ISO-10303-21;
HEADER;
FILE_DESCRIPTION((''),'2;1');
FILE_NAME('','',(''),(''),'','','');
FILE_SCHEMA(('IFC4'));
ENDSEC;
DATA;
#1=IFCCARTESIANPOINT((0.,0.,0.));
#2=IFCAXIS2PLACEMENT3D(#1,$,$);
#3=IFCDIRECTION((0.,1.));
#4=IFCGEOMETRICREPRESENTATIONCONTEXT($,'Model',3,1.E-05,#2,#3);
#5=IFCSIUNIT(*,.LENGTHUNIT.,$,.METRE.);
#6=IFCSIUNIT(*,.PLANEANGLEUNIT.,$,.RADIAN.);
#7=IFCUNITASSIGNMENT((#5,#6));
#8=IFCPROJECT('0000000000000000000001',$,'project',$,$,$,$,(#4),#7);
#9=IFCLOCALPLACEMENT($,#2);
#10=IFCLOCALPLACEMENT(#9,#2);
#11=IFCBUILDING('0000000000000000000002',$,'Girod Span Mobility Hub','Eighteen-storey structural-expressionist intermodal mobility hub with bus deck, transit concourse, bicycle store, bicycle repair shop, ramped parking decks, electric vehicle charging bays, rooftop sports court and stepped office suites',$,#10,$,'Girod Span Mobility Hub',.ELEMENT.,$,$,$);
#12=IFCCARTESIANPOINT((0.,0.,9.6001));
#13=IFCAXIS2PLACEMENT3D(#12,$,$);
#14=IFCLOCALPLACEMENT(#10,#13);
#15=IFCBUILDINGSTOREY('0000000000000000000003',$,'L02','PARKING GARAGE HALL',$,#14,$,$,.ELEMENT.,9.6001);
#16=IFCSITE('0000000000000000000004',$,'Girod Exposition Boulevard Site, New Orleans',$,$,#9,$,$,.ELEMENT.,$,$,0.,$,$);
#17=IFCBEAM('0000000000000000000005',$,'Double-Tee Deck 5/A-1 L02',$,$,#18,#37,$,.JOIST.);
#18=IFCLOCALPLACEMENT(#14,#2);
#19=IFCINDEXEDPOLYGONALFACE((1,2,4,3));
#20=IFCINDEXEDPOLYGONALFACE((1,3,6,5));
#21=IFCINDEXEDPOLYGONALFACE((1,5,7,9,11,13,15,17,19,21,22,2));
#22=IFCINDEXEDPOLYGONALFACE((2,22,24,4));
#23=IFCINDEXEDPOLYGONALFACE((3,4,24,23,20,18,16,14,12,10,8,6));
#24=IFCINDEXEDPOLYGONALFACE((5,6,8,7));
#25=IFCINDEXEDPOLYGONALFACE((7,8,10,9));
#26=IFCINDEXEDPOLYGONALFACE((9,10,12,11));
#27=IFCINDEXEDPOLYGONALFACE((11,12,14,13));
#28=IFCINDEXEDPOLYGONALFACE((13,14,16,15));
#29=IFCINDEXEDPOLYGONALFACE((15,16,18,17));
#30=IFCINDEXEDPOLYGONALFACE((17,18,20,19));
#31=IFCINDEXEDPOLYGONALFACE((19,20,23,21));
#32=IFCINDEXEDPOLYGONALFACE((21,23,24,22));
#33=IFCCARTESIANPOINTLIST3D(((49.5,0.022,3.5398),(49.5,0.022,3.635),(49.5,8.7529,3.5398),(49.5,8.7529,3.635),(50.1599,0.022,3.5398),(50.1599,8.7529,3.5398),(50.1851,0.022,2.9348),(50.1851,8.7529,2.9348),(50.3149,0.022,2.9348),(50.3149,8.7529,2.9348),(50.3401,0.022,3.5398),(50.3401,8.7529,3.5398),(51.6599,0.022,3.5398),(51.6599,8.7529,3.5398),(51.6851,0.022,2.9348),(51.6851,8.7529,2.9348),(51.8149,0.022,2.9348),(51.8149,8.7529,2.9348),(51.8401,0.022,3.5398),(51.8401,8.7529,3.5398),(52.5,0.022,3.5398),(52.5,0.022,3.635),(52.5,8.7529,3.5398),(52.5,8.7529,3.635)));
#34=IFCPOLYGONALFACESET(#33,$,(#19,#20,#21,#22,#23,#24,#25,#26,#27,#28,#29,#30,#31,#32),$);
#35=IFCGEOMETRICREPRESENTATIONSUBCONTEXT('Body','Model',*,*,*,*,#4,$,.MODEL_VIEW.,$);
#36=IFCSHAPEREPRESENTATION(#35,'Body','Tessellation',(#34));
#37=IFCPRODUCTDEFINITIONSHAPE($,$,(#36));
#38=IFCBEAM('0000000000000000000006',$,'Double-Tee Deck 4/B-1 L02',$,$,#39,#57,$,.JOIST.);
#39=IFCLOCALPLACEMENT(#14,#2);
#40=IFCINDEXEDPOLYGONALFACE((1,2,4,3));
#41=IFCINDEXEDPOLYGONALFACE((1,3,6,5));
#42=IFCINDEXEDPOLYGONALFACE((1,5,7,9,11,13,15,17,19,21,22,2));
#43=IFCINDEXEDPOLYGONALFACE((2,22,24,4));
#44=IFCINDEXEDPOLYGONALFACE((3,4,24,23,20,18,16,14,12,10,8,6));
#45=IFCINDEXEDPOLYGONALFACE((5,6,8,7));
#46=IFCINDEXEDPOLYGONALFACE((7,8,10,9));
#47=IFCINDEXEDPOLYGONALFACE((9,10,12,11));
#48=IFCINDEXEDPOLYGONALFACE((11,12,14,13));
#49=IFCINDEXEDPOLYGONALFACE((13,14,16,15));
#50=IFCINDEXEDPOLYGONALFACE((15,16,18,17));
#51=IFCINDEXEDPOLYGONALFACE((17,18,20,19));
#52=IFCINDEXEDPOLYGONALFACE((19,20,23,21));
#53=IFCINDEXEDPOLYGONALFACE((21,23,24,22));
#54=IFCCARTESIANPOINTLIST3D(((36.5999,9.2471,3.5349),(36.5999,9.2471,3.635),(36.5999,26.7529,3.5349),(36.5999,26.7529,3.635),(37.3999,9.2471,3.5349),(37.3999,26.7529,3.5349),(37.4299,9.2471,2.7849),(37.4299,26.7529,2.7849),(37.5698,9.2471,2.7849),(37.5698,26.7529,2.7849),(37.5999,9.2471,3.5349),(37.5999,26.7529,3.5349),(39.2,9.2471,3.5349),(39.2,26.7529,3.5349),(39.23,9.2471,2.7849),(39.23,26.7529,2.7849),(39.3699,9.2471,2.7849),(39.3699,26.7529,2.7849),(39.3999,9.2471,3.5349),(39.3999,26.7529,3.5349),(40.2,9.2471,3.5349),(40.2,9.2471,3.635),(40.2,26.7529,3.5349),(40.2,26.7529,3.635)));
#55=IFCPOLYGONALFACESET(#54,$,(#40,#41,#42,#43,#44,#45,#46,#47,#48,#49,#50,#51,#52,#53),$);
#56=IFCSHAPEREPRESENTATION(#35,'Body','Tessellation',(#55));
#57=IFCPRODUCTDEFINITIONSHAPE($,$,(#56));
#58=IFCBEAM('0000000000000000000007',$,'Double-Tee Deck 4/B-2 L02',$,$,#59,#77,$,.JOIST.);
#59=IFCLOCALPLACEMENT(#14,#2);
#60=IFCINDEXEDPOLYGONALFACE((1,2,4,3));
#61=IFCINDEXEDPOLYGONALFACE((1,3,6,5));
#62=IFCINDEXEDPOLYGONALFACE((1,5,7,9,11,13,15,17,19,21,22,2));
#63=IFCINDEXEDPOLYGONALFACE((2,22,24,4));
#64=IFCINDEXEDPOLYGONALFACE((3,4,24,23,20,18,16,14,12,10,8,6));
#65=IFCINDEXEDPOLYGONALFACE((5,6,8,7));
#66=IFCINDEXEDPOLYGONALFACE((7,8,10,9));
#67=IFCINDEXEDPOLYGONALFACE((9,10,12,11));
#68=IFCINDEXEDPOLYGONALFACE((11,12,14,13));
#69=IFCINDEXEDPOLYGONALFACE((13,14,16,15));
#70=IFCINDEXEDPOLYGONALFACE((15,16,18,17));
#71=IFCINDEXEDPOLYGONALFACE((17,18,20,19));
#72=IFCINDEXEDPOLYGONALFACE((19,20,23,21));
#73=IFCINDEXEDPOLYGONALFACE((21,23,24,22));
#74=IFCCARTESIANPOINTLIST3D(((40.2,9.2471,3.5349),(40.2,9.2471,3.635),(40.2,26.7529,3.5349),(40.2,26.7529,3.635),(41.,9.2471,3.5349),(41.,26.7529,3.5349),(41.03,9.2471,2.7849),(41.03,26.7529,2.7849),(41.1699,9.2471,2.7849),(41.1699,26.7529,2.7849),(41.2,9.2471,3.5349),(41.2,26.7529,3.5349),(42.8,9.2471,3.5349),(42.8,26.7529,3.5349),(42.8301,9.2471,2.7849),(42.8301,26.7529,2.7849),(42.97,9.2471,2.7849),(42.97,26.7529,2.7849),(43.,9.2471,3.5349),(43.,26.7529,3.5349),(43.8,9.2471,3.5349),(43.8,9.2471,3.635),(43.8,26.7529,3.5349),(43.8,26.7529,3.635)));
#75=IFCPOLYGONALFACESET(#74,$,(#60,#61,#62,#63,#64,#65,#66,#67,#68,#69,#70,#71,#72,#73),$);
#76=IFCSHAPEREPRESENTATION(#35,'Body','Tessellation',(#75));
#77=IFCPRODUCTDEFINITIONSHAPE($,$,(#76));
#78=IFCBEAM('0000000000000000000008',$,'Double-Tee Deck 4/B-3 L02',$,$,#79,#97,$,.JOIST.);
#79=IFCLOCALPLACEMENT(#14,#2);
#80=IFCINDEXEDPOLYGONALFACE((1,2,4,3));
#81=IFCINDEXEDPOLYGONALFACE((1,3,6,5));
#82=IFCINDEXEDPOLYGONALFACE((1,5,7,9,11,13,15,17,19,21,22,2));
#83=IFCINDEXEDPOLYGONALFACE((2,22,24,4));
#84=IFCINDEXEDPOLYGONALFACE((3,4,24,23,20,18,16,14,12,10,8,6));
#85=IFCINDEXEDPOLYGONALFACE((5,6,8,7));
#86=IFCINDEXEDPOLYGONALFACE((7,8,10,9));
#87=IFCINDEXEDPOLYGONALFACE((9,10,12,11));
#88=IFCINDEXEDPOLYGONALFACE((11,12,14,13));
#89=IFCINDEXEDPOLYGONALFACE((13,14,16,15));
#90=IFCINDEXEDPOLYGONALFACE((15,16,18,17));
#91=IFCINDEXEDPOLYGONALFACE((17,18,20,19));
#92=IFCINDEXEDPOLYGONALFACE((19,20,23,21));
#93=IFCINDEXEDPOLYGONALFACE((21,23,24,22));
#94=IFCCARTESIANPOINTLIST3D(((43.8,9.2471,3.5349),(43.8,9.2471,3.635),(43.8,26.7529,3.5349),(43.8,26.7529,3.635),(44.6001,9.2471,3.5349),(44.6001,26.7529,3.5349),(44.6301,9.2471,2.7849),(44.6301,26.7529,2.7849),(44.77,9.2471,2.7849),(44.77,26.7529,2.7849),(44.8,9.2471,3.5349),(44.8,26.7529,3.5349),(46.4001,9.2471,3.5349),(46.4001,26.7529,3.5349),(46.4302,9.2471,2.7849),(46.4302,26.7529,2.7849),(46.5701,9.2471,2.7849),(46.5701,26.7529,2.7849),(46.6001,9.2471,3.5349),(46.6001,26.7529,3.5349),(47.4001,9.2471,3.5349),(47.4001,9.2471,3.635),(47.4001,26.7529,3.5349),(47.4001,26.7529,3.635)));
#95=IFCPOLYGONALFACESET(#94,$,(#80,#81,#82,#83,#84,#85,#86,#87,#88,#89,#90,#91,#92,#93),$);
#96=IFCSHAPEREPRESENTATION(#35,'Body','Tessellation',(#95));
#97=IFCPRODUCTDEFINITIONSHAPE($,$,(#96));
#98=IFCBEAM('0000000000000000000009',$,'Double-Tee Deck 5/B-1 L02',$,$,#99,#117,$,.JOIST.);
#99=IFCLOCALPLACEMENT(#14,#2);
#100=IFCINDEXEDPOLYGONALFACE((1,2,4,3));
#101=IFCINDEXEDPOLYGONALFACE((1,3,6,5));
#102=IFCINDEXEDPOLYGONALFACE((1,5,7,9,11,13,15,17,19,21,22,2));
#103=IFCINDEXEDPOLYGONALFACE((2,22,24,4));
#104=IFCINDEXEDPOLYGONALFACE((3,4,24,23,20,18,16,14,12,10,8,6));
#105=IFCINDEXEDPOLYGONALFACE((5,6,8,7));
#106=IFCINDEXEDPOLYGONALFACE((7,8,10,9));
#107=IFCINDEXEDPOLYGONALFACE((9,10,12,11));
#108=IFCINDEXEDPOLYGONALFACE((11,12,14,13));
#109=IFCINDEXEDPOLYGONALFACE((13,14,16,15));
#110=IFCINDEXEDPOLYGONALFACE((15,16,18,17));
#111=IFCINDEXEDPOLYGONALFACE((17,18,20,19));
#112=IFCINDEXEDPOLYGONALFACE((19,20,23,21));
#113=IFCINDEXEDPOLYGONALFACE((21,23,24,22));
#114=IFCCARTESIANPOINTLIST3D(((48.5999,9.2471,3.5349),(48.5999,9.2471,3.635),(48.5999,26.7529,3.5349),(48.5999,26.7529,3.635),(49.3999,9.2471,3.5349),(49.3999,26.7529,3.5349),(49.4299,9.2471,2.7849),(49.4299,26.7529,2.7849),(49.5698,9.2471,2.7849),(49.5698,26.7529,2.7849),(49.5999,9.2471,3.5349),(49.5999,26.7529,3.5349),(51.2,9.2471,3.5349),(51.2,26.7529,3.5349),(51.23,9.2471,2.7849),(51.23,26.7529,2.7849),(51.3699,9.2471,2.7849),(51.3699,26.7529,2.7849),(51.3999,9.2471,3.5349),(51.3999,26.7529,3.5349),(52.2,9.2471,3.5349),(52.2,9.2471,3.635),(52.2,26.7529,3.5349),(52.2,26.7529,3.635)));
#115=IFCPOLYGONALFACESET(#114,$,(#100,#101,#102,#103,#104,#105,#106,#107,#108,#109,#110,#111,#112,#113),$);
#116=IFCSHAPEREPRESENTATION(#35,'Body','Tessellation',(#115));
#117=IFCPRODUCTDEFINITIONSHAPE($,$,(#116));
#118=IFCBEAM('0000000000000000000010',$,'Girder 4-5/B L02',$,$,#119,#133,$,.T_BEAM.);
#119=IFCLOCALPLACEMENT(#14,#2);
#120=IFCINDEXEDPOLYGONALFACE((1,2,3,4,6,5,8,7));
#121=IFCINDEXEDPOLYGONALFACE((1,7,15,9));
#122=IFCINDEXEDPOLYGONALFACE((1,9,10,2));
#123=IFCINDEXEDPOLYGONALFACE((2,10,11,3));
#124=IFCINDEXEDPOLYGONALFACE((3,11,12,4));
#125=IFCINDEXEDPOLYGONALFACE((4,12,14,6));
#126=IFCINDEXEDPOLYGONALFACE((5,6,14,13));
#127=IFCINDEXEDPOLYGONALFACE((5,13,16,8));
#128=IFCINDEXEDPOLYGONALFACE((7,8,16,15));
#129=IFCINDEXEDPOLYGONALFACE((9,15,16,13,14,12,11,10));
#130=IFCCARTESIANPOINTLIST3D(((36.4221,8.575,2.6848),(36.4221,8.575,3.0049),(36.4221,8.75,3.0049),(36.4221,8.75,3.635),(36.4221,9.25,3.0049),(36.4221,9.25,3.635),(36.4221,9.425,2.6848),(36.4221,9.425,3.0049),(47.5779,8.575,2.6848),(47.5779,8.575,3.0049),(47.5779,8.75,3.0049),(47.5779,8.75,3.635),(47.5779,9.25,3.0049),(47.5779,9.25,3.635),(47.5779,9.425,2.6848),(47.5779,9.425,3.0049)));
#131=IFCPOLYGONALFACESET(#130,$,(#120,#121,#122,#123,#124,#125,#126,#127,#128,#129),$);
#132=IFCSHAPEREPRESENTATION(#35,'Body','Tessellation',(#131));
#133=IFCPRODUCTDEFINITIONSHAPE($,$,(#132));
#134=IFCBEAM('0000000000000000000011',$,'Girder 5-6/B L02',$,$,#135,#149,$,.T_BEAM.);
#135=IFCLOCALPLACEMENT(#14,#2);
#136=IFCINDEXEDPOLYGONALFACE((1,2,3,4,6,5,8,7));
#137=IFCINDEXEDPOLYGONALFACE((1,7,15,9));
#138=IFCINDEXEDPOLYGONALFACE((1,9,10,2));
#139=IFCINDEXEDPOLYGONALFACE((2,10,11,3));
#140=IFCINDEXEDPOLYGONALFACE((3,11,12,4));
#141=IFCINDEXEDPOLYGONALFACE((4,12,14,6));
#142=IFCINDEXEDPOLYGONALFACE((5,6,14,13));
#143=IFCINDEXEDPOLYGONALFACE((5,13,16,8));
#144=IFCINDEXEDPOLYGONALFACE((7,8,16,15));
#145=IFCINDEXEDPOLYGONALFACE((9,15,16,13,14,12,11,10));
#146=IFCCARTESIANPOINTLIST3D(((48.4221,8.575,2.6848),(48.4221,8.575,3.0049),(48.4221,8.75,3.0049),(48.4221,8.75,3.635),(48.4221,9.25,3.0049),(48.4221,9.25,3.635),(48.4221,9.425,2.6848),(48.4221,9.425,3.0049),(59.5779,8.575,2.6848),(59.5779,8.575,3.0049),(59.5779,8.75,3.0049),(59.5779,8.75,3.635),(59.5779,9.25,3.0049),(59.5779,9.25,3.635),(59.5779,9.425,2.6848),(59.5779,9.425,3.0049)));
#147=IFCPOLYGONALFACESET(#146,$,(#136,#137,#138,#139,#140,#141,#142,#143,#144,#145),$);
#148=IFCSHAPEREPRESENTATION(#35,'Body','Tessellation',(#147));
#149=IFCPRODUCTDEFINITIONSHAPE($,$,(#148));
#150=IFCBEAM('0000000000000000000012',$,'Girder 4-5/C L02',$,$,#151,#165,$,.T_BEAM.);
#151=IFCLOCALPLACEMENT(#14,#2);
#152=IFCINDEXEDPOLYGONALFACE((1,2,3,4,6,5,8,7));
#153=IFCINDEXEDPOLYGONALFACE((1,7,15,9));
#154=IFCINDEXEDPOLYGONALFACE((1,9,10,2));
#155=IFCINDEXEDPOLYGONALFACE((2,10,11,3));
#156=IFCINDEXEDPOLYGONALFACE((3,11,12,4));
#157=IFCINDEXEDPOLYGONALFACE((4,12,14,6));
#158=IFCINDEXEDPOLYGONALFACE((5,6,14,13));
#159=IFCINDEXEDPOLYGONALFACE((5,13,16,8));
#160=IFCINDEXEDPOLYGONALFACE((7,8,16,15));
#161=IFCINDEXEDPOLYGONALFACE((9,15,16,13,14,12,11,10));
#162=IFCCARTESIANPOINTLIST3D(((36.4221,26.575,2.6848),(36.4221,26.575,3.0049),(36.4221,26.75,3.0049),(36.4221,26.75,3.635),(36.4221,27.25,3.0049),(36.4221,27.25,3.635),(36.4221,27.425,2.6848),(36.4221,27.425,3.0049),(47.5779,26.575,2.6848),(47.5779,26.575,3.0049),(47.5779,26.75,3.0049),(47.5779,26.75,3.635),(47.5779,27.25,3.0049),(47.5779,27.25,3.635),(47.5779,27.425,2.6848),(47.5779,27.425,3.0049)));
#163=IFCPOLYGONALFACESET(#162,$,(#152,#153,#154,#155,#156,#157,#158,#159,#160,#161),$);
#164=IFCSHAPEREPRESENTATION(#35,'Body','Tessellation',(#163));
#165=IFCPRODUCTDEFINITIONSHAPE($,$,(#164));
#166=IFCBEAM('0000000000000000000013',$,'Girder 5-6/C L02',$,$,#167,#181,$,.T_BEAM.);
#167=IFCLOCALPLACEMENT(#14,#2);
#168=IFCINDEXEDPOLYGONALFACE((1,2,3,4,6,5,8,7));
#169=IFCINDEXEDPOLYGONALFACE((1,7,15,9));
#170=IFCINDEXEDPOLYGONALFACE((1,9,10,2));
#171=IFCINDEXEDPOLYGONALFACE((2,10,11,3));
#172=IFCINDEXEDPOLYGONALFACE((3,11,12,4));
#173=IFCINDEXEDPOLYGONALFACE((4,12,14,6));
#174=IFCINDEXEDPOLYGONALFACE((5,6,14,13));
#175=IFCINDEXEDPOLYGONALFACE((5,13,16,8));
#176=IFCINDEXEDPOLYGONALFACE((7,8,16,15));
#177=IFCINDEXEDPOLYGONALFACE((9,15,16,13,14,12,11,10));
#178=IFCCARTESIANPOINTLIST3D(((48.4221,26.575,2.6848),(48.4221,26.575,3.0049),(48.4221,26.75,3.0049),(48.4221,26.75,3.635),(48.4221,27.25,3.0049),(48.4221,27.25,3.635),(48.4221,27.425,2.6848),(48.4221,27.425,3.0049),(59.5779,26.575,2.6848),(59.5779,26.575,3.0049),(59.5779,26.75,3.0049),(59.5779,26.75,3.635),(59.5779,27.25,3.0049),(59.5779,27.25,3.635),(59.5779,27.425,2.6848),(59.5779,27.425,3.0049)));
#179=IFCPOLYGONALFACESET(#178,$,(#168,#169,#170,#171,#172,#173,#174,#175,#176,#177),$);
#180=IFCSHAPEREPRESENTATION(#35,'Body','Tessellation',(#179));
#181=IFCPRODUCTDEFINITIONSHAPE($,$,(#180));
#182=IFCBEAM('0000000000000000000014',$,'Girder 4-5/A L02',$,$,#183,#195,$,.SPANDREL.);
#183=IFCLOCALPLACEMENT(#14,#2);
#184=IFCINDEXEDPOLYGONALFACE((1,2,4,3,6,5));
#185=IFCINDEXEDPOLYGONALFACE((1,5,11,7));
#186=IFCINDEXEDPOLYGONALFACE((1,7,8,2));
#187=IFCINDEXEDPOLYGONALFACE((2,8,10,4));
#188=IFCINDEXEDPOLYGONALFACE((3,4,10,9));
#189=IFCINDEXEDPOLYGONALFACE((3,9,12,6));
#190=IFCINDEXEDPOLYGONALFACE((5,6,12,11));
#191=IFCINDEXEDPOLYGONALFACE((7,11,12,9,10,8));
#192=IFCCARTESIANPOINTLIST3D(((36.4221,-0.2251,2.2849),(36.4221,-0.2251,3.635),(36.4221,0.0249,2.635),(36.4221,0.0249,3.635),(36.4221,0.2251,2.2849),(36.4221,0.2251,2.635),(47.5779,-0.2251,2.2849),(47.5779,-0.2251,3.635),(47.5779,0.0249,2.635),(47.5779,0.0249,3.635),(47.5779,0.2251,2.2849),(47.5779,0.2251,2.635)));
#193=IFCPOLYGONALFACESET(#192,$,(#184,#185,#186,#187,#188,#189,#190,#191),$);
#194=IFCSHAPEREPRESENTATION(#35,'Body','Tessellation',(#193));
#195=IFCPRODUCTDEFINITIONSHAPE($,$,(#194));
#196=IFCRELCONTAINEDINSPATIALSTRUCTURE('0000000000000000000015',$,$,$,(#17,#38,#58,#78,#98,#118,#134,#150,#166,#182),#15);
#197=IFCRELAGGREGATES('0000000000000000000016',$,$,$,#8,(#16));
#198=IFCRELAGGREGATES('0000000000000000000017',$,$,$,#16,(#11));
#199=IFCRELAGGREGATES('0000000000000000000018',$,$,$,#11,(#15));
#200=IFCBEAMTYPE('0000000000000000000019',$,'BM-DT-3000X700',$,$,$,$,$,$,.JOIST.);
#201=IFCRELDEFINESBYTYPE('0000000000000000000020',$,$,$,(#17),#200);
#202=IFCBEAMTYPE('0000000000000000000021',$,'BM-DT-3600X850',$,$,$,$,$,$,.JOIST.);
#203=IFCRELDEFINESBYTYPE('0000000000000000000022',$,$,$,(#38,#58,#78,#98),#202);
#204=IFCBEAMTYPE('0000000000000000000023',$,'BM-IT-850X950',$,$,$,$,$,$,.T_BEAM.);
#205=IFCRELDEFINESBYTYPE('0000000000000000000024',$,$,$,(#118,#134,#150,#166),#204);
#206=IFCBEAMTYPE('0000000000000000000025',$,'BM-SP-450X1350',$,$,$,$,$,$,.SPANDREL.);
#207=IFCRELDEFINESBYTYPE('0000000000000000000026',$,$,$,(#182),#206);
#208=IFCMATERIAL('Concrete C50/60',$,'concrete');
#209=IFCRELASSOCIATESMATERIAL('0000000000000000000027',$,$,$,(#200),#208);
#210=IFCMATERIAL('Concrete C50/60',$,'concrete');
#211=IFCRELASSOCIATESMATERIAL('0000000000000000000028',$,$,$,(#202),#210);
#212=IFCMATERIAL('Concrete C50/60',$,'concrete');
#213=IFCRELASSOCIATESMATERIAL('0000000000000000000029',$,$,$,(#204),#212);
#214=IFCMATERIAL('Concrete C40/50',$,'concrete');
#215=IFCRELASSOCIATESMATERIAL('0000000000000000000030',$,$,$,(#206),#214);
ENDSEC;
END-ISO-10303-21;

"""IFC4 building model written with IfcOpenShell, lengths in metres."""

from ifc_helpers import new_model, si_unit, direction, frame, origin, place, context, subcontext, project, spatial, polyline, outline, extrude, material, material_profile, profile_set, type_object, element, save


model = new_model("IFC4")

# Units and contexts
model_context = context("Model", 3, precision=1e-05, world=origin(), true_north=direction((0.0, 1.0)))
body_context = subcontext(model_context, "Body", "Model", "MODEL_VIEW")
ifc_project = project(units=[si_unit("LENGTHUNIT", "METRE"), si_unit("PLANEANGLEUNIT", "RADIAN")], contexts=[model_context])

# Site, building, storey
site_placement = place(None, origin())
site = spatial("IfcSite", under=ifc_project, at=site_placement, Name="Girod Exposition Boulevard Site, New Orleans", CompositionType="ELEMENT", RefElevation=0.0)
building_placement = place(site_placement, origin())
building = spatial("IfcBuilding", under=site, at=building_placement, Name="Girod Span Mobility Hub", Description="Eighteen-storey structural-expressionist intermodal mobility hub with bus deck, transit concourse, bicycle store, bicycle repair shop, ramped parking decks, electric vehicle charging bays, rooftop sports court and stepped office suites", LongName="Girod Span Mobility Hub", CompositionType="ELEMENT")
storey_placement = place(building_placement, frame((0.0, 0.0, 9.6001)))
storey = spatial("IfcBuildingStorey", under=building, at=storey_placement, Name="L02", Description="PARKING GARAGE HALL", CompositionType="ELEMENT", Elevation=9.6001)

# Beams
ifc_material_1 = material(Name="Concrete C50/60", Category="concrete")
ifc_material_profile_1 = material_profile(ifc_material_1, outline(polyline([(-1.5, 0.3501), (-1.5, 0.2549), (-0.8401, 0.2549), (-0.8149, -0.3501), (-0.6851, -0.3501), (-0.6599, 0.2549), (0.6599, 0.2549), (0.6851, -0.3501), (0.8149, -0.3501), (0.8401, 0.2549), (1.5, 0.2549), (1.5, 0.3501), (-1.5, 0.3501)])), Name="DT-3000X700")
ifc_profile_set_1 = profile_set([ifc_material_profile_1], Name="Concrete C50/60")
beam_type_1 = type_object("IfcBeamType", Name="BM-DT-3000X700", PredefinedType="JOIST", material=ifc_profile_set_1)
for number, where, z_axis, x_axis, name in (
    (1, (51.0, 0.022, 3.2849), (0.0, 1.0, 0.0), (-1.0, 0.0, 0.0), "Double-Tee Deck 5/A-1 L02"),
):
    element("IfcBeam", number, at=place(storey_placement, frame(where, z_axis=z_axis, x_axis=x_axis)), inside=storey, type_object=beam_type_1, Name=name, PredefinedType="JOIST", context=body_context, shape_type="SweptSolid", body=[
        extrude(outline(polyline([(-1.5, 0.3501), (-1.5, 0.2549), (-0.8401, 0.2549), (-0.8149, -0.3501), (-0.6851, -0.3501), (-0.6599, 0.2549), (0.6599, 0.2549), (0.6851, -0.3501), (0.8149, -0.3501), (0.8401, 0.2549), (1.5, 0.2549), (1.5, 0.3501), (-1.5, 0.3501)])), origin(), (0.0, 0.0, 1.0), 8.731),
    ])
ifc_material_2 = material(Name="Concrete C50/60", Category="concrete")
ifc_material_profile_2 = material_profile(ifc_material_2, outline(polyline([(-1.8, 0.425), (-1.8, 0.325), (-1.0, 0.325), (-0.97, -0.425), (-0.8301, -0.425), (-0.8, 0.325), (0.8, 0.325), (0.8301, -0.425), (0.97, -0.425), (1.0, 0.325), (1.8, 0.325), (1.8, 0.425), (-1.8, 0.425)])), Name="DT-3600X850")
ifc_profile_set_2 = profile_set([ifc_material_profile_2], Name="Concrete C50/60")
beam_type_2 = type_object("IfcBeamType", Name="BM-DT-3600X850", PredefinedType="JOIST", material=ifc_profile_set_2)
for number, where, z_axis, x_axis, name in (
    (2, (38.3999, 9.2471, 3.21), (0.0, 1.0, 0.0), (-1.0, 0.0, 0.0), "Double-Tee Deck 4/B-1 L02"),
    (3, (42.0, 9.2471, 3.21), (0.0, 1.0, 0.0), (-1.0, 0.0, 0.0), "Double-Tee Deck 4/B-2 L02"),
    (4, (45.6001, 9.2471, 3.21), (0.0, 1.0, 0.0), (-1.0, 0.0, 0.0), "Double-Tee Deck 4/B-3 L02"),
    (5, (50.3999, 9.2471, 3.21), (0.0, 1.0, 0.0), (-1.0, 0.0, 0.0), "Double-Tee Deck 5/B-1 L02"),
):
    element("IfcBeam", number, at=place(storey_placement, frame(where, z_axis=z_axis, x_axis=x_axis)), inside=storey, type_object=beam_type_2, Name=name, PredefinedType="JOIST", context=body_context, shape_type="SweptSolid", body=[
        extrude(outline(polyline([(-1.8, 0.425), (-1.8, 0.325), (-1.0, 0.325), (-0.97, -0.425), (-0.8301, -0.425), (-0.8, 0.325), (0.8, 0.325), (0.8301, -0.425), (0.97, -0.425), (1.0, 0.325), (1.8, 0.325), (1.8, 0.425), (-1.8, 0.425)])), origin(), (0.0, 0.0, 1.0), 17.5059),
    ])
ifc_material_3 = material(Name="Concrete C50/60", Category="concrete")
ifc_material_profile_3 = material_profile(ifc_material_3, outline(polyline([(-0.425, -0.4751), (0.425, -0.4751), (0.425, -0.155), (0.25, -0.155), (0.25, 0.4751), (-0.25, 0.4751), (-0.25, -0.155), (-0.425, -0.155), (-0.425, -0.4751)])), Name="IT-850X950")
ifc_profile_set_3 = profile_set([ifc_material_profile_3], Name="Concrete C50/60")
beam_type_3 = type_object("IfcBeamType", Name="BM-IT-850X950", PredefinedType="T_BEAM", material=ifc_profile_set_3)
for number, where, z_axis, x_axis, name in (
    (6, (36.4221, 9.0, 3.1599), (1.0, 0.0, 0.0), (0.0, 1.0, 0.0), "Girder 4-5/B L02"),
    (7, (48.4221, 9.0, 3.1599), (1.0, 0.0, 0.0), (0.0, 1.0, 0.0), "Girder 5-6/B L02"),
    (8, (36.4221, 27.0, 3.1599), (1.0, 0.0, 0.0), (0.0, 1.0, 0.0), "Girder 4-5/C L02"),
    (9, (48.4221, 27.0, 3.1599), (1.0, 0.0, 0.0), (0.0, 1.0, 0.0), "Girder 5-6/C L02"),
):
    element("IfcBeam", number, at=place(storey_placement, frame(where, z_axis=z_axis, x_axis=x_axis)), inside=storey, type_object=beam_type_3, Name=name, PredefinedType="T_BEAM", context=body_context, shape_type="SweptSolid", body=[
        extrude(outline(polyline([(-0.425, -0.4751), (0.425, -0.4751), (0.425, -0.155), (0.25, -0.155), (0.25, 0.4751), (-0.25, 0.4751), (-0.25, -0.155), (-0.425, -0.155), (-0.425, -0.4751)])), origin(), (0.0, 0.0, 1.0), 11.1558),
    ])
ifc_material_4 = material(Name="Concrete C40/50", Category="concrete")
ifc_material_profile_4 = material_profile(ifc_material_4, outline(polyline([(-0.2251, -0.675), (0.2251, -0.675), (0.2251, -0.325), (0.0249, -0.325), (0.0249, 0.675), (-0.2251, 0.675), (-0.2251, -0.675)])), Name="SP-450X1350")
ifc_profile_set_4 = profile_set([ifc_material_profile_4], Name="Concrete C40/50")
beam_type_4 = type_object("IfcBeamType", Name="BM-SP-450X1350", PredefinedType="SPANDREL", material=ifc_profile_set_4)
for number, where, z_axis, x_axis, name in (
    (10, (36.4221, 0.0, 2.96), (1.0, 0.0, 0.0), (0.0, 1.0, 0.0), "Girder 4-5/A L02"),
):
    element("IfcBeam", number, at=place(storey_placement, frame(where, z_axis=z_axis, x_axis=x_axis)), inside=storey, type_object=beam_type_4, Name=name, PredefinedType="SPANDREL", context=body_context, shape_type="SweptSolid", body=[
        extrude(outline(polyline([(-0.2251, -0.675), (0.2251, -0.675), (0.2251, -0.325), (0.0249, -0.325), (0.0249, 0.675), (-0.2251, 0.675), (-0.2251, -0.675)])), origin(), (0.0, 0.0, 1.0), 11.1558),
    ])

save(model, "model.ifc")
